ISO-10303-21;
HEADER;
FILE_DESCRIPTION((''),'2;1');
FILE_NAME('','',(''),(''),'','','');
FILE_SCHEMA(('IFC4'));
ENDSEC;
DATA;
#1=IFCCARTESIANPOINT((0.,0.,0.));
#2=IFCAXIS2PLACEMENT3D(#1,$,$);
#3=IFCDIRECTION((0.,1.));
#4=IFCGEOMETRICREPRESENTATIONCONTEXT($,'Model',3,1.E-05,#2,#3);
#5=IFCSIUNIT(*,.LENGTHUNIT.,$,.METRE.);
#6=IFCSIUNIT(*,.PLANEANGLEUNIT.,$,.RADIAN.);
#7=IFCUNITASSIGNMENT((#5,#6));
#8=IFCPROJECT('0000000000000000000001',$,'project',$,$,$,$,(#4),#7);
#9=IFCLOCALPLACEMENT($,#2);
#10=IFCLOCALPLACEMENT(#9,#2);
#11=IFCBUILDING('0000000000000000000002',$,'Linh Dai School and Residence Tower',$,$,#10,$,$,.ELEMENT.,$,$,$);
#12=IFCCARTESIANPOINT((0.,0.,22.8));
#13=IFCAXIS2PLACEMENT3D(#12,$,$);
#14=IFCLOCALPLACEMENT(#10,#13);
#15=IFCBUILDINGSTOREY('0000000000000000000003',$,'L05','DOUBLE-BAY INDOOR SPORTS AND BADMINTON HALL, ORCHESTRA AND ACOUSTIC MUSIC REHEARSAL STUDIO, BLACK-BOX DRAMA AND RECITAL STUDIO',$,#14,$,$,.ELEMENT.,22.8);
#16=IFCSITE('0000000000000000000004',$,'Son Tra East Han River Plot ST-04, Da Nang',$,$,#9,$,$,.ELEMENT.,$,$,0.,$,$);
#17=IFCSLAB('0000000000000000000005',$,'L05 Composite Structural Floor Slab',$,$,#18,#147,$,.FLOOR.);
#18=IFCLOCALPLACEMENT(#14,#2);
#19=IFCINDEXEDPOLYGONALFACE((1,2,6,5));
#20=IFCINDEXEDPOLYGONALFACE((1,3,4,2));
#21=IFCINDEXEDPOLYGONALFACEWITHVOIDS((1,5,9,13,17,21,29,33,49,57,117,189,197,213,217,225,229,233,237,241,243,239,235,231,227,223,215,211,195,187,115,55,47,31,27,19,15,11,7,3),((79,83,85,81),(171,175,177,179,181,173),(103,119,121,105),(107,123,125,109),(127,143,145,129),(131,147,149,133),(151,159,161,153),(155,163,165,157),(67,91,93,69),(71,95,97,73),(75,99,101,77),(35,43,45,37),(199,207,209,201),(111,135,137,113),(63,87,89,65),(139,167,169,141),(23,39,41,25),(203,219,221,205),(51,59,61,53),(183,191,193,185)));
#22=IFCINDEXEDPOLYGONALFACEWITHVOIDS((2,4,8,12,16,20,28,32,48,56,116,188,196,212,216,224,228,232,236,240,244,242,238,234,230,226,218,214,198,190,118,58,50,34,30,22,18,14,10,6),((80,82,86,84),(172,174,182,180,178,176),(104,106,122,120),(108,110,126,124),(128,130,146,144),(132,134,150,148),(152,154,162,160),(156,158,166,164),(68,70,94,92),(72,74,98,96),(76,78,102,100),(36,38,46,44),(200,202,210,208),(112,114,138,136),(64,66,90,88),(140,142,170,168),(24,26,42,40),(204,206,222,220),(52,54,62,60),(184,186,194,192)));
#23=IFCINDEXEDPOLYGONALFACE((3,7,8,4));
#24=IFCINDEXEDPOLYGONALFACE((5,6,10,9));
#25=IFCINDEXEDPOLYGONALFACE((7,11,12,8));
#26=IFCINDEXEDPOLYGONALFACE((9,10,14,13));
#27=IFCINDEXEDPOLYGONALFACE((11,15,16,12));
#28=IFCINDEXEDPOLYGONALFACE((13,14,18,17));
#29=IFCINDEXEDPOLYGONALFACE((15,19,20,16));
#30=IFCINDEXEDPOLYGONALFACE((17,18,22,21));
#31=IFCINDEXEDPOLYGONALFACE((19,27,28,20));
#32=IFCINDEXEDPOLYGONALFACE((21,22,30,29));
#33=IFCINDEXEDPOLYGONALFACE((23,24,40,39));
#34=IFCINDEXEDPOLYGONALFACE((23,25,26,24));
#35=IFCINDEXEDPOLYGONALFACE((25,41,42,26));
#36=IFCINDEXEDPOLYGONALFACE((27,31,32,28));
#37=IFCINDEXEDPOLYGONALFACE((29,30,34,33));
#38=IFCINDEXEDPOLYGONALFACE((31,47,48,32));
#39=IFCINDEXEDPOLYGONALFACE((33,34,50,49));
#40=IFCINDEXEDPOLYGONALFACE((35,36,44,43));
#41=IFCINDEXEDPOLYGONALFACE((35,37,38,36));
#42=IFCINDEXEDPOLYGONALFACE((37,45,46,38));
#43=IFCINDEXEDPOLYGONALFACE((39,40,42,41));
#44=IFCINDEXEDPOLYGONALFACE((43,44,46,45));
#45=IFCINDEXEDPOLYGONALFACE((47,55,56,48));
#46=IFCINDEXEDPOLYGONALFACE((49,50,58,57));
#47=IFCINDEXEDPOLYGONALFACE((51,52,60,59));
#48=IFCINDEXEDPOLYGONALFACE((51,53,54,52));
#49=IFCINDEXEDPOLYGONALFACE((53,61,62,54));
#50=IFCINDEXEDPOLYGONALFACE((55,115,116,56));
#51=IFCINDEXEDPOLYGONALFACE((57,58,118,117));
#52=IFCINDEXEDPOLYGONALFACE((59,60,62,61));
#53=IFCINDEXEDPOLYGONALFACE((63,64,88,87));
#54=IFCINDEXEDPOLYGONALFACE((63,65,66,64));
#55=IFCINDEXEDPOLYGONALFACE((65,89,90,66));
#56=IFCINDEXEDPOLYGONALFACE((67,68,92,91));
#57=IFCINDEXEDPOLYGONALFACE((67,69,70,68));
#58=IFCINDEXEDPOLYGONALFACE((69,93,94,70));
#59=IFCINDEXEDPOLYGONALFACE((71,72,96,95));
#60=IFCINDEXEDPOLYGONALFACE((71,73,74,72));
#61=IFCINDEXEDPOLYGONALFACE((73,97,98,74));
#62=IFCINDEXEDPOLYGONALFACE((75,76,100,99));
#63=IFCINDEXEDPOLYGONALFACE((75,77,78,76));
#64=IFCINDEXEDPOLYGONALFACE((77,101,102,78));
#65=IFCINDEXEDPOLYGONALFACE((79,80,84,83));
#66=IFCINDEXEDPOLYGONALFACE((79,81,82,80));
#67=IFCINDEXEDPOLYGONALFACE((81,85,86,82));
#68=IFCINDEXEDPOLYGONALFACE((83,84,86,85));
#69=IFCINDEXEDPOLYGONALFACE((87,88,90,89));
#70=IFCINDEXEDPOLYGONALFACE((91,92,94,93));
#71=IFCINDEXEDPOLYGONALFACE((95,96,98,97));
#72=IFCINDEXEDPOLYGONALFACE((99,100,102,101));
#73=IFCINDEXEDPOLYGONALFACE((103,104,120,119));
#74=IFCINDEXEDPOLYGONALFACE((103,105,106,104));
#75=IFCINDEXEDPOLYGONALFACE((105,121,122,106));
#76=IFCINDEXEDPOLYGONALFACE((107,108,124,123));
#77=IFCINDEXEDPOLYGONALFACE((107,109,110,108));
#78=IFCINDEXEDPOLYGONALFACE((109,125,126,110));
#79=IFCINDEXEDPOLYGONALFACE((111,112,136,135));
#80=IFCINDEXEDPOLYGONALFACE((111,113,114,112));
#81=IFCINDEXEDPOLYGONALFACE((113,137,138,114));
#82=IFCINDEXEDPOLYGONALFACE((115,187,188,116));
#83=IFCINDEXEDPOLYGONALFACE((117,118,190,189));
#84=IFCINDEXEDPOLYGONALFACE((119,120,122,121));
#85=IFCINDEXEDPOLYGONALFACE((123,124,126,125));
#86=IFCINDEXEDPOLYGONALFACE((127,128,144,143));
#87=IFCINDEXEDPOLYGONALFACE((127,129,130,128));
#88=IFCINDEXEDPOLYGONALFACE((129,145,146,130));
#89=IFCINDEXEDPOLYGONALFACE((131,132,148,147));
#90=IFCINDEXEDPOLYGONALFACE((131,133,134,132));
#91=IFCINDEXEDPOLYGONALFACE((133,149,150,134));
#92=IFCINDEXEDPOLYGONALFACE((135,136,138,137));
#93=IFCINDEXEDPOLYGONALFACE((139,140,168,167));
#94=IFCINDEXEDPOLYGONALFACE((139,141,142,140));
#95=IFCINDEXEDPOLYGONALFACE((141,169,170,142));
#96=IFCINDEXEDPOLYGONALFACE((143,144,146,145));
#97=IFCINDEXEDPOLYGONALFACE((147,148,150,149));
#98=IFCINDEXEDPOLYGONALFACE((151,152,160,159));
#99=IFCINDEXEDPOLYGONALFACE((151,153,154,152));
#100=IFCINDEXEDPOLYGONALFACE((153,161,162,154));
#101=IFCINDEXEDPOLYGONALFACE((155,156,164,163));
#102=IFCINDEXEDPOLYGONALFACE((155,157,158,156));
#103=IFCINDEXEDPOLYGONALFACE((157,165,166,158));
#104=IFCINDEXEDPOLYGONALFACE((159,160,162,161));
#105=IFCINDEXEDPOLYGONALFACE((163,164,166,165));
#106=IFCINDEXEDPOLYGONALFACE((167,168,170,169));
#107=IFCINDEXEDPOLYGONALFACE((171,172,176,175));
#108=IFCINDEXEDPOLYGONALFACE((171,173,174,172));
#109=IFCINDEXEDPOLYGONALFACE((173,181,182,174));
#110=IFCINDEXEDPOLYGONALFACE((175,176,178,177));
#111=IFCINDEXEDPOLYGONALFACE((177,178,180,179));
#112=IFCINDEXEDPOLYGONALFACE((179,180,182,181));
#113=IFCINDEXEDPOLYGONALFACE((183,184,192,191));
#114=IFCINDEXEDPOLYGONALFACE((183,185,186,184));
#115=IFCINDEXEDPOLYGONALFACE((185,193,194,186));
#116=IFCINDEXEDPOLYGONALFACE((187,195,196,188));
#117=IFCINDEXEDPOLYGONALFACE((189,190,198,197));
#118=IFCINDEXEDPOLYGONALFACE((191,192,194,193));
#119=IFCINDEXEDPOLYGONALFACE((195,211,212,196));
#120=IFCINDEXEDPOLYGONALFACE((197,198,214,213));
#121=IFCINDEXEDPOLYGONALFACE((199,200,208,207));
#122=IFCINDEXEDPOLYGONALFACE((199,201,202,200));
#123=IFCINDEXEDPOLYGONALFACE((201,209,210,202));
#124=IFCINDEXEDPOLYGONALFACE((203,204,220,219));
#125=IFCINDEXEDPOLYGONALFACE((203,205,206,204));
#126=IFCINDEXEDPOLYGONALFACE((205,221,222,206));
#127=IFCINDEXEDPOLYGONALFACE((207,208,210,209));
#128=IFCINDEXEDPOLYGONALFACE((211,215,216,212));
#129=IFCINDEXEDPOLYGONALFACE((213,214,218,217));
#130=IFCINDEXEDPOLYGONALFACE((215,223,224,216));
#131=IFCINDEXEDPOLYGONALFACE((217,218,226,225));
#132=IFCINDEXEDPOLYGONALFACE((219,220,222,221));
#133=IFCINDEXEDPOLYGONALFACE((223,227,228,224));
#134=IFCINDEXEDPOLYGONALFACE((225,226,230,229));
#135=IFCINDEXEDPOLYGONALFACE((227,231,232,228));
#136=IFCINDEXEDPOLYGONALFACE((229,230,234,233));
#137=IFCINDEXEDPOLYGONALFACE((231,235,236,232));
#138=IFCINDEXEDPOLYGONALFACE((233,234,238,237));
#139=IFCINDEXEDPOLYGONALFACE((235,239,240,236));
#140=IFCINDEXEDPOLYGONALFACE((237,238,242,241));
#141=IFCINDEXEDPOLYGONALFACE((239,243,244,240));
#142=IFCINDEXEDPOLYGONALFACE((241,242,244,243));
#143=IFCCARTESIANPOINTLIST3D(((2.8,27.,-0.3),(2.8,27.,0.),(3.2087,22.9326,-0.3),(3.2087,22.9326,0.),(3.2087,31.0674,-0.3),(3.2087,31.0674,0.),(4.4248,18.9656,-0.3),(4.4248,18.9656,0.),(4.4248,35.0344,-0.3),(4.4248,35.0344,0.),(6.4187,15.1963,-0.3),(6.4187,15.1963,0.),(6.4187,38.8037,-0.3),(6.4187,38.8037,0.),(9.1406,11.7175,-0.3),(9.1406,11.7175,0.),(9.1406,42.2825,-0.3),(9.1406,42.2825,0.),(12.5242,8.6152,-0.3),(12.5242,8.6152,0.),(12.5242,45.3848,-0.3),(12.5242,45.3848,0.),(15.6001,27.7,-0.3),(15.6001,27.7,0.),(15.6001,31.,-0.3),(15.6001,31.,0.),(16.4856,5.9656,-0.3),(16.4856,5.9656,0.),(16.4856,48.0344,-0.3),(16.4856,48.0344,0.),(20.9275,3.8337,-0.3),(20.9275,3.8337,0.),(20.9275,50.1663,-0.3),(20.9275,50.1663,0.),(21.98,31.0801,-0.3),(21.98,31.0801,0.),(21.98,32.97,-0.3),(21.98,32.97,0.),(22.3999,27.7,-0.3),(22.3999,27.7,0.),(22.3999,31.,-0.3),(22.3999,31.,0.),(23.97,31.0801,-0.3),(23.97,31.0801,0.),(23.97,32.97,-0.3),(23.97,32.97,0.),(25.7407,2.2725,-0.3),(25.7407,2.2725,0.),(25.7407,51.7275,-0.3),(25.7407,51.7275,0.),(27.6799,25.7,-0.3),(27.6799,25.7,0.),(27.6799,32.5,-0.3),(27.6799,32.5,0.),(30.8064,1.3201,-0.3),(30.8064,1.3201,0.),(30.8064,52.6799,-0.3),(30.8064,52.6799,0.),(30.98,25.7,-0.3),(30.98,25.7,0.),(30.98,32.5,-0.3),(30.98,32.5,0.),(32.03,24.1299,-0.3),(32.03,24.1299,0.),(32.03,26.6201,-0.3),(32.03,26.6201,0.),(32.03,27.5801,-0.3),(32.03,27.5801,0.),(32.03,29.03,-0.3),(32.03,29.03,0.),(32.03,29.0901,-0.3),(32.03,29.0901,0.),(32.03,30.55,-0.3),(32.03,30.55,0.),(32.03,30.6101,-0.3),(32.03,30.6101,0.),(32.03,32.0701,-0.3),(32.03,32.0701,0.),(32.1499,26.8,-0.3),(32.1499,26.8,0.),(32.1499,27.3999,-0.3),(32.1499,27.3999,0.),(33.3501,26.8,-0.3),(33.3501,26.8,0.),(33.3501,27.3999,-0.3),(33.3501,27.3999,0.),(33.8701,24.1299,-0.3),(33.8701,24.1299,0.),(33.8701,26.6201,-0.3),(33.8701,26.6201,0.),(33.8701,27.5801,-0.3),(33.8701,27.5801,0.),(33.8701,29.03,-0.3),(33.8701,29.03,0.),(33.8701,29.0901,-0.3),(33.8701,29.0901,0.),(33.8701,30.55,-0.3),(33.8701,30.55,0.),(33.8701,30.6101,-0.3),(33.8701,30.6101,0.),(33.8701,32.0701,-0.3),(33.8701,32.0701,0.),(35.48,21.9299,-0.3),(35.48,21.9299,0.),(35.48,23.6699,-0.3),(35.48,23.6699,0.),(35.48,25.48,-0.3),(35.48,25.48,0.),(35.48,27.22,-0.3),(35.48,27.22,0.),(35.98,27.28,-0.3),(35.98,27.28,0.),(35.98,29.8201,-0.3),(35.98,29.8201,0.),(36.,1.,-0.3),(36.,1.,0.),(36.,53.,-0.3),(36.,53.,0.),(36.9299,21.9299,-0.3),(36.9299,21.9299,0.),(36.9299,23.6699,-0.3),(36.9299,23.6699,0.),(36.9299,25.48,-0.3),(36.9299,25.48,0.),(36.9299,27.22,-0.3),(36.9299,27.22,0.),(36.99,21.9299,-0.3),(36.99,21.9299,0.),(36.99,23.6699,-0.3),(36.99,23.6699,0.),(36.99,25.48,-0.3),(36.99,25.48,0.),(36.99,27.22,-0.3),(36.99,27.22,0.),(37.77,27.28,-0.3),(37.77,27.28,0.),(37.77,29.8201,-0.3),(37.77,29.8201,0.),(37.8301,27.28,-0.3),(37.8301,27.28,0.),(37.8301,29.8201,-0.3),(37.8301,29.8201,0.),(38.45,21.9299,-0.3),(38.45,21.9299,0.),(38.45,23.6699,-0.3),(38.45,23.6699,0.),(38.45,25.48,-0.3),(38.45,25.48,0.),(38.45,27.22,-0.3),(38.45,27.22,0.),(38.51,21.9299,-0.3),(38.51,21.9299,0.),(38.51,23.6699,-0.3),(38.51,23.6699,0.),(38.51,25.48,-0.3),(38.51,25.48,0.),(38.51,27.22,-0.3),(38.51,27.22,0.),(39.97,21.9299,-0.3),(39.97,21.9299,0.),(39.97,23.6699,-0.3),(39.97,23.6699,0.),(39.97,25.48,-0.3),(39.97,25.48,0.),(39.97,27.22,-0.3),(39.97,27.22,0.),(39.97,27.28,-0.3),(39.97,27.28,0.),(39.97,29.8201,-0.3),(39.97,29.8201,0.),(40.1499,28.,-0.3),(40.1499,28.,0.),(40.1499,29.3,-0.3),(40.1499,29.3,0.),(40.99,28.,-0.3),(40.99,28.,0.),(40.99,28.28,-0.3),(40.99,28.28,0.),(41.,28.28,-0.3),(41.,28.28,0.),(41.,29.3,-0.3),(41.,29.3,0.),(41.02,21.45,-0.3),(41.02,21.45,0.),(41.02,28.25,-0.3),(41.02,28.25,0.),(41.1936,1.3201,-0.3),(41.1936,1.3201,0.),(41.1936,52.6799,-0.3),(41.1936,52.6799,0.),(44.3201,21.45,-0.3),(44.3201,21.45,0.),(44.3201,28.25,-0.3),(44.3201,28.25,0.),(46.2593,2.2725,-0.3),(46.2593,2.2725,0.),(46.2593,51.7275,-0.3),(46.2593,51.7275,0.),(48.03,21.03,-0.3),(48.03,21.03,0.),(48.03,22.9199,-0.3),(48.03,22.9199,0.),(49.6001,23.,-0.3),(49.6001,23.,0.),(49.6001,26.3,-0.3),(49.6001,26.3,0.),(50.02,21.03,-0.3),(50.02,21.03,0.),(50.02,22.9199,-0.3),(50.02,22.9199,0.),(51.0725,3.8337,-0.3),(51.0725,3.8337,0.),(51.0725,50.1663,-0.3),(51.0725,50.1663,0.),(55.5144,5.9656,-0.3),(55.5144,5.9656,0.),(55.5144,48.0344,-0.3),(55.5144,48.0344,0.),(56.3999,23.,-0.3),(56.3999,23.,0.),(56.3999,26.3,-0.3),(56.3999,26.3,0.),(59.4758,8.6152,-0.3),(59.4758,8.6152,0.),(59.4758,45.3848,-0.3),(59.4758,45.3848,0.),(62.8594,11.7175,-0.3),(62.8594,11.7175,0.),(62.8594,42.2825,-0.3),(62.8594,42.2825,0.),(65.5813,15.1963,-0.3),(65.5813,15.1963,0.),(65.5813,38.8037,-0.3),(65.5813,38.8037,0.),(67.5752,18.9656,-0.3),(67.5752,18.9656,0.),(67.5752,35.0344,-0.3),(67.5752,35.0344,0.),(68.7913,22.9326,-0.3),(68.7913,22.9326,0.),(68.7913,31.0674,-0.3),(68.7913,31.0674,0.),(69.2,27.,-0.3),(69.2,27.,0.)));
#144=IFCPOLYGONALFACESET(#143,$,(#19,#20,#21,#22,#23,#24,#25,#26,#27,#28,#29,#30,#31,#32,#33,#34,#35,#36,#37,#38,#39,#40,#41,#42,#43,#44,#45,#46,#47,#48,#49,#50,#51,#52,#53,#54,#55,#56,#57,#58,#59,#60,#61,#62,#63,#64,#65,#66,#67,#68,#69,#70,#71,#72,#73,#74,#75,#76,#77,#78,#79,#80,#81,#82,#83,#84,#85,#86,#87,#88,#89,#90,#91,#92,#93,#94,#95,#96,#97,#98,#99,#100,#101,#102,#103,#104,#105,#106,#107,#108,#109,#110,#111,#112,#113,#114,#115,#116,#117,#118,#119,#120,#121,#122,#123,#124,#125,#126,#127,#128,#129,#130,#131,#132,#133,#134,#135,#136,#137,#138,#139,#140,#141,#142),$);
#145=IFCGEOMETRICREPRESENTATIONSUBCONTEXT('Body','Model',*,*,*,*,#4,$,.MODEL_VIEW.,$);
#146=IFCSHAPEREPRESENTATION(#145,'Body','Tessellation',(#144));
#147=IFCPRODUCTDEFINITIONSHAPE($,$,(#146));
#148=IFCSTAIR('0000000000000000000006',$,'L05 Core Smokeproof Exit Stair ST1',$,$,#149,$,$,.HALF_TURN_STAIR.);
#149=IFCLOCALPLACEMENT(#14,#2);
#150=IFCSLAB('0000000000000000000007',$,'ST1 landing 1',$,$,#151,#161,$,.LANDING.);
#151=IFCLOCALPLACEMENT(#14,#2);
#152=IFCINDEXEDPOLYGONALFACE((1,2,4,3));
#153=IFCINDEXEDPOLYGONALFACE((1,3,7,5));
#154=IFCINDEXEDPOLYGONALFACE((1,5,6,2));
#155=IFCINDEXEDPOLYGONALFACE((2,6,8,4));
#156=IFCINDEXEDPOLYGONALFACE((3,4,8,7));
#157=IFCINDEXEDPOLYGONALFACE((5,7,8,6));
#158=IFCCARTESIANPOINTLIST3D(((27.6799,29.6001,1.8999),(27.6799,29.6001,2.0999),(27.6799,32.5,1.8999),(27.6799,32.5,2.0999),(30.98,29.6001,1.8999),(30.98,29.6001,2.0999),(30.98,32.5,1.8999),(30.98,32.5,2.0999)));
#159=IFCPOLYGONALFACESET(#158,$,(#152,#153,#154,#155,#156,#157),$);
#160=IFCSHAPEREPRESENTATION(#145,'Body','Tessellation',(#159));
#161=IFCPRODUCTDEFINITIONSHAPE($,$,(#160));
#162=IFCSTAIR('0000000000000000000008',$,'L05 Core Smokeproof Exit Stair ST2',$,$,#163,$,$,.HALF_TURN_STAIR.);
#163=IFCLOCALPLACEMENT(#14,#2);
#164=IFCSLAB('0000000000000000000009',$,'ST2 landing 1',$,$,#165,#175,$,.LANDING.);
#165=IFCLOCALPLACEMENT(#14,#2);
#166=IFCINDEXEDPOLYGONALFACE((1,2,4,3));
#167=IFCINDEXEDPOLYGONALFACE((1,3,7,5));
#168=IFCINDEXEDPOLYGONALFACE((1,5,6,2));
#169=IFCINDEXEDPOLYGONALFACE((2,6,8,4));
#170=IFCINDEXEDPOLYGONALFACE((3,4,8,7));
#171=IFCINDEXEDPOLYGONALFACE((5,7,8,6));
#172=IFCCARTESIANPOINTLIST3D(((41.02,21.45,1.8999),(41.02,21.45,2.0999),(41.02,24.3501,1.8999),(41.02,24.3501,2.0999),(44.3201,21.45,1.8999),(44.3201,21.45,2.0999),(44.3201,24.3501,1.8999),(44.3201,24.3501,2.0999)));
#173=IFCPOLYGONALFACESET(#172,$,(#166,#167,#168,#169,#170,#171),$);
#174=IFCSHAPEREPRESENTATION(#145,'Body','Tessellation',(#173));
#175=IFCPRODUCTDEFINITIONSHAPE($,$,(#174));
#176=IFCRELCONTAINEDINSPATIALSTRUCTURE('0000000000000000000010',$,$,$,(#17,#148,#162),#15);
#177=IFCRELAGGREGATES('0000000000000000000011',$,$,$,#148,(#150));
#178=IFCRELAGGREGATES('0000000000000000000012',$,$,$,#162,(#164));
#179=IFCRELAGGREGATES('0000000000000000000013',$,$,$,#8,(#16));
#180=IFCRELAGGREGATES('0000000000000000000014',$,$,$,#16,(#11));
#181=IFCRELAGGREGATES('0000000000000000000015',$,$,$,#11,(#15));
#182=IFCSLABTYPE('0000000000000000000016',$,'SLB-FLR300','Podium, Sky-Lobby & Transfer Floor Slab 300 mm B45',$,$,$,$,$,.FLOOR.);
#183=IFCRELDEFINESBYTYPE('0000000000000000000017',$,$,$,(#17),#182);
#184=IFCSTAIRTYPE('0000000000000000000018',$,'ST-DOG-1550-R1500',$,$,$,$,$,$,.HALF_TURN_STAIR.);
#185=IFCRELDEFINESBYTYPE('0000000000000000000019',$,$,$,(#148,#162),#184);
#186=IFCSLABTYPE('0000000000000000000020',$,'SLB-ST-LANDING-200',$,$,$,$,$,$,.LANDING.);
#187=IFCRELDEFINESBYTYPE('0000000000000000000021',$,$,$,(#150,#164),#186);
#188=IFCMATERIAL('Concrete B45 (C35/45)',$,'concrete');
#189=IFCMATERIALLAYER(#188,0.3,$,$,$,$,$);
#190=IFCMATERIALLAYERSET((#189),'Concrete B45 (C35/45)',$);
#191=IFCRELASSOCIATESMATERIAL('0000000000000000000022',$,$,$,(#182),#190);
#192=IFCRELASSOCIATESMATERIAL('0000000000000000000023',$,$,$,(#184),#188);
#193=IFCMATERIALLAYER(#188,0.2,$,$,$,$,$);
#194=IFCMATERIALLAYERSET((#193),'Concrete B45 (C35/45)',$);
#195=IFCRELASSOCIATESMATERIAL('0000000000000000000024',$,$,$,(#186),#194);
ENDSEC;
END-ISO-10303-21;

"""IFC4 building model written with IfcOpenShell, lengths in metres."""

from ifc_helpers import new_model, si_unit, direction, frame, origin, place, context, subcontext, project, spatial, polyline, outline, extrude, material, layer, layer_set, type_object, element, aggregate, save


model = new_model("IFC4")

# Units and contexts
model_context = context("Model", 3, precision=1e-05, world=origin(), true_north=direction((0.0, 1.0)))
body_context = subcontext(model_context, "Body", "Model", "MODEL_VIEW")
ifc_project = project(units=[si_unit("LENGTHUNIT", "METRE"), si_unit("PLANEANGLEUNIT", "RADIAN")], contexts=[model_context])

# Site, building, storey
site_placement = place(None, origin())
site = spatial("IfcSite", under=ifc_project, at=site_placement, Name="Son Tra East Han River Plot ST-04, Da Nang", CompositionType="ELEMENT", RefElevation=0.0)
building_placement = place(site_placement, origin())
building = spatial("IfcBuilding", under=site, at=building_placement, Name="Linh Dai School and Residence Tower", CompositionType="ELEMENT")
storey_placement = place(building_placement, frame((0.0, 0.0, 22.8)))
storey = spatial("IfcBuildingStorey", under=building, at=storey_placement, Name="L05", Description="DOUBLE-BAY INDOOR SPORTS AND BADMINTON HALL, ORCHESTRA AND ACOUSTIC MUSIC REHEARSAL STUDIO, BLACK-BOX DRAMA AND RECITAL STUDIO", CompositionType="ELEMENT", Elevation=22.8)

# Slab
ifc_material_1 = material(Name="Concrete B45 (C35/45)", Category="concrete")
ifc_layer_1 = layer(ifc_material_1, 0.3)
ifc_layer_set_1 = layer_set([ifc_layer_1], Name="Concrete B45 (C35/45)")
slab_type_1 = type_object("IfcSlabType", Name="SLB-FLR300", Description="Podium, Sky-Lobby & Transfer Floor Slab 300 mm B45", PredefinedType="FLOOR", material=ifc_layer_set_1)
slab_1_placement = place(storey_placement, frame((0.0, 0.0, -0.3)))
element("IfcSlab", 1, at=slab_1_placement, inside=storey, type_object=slab_type_1, Name="L05 Composite Structural Floor Slab", PredefinedType="FLOOR", context=body_context, shape_type="SweptSolid", body=[
    extrude(outline(polyline([(69.2, 27.0), (68.7913, 31.0674), (67.5752, 35.0344), (65.5813, 38.8037), (62.8594, 42.2825), (59.4758, 45.3848), (55.5144, 48.0344), (51.0725, 50.1663), (46.2593, 51.7275), (41.1936, 52.6799), (36.0, 53.0), (30.8064, 52.6799), (25.7407, 51.7275), (20.9275, 50.1663), (16.4856, 48.0344), (12.5242, 45.3848), (9.1406, 42.2825), (6.4187, 38.8037), (4.4248, 35.0344), (3.2087, 31.0674), (2.8, 27.0), (3.2087, 22.9326), (4.4248, 18.9656), (6.4187, 15.1963), (9.1406, 11.7175), (12.5242, 8.6152), (16.4856, 5.9656), (20.9275, 3.8337), (25.7407, 2.2725), (30.8064, 1.3201), (36.0, 1.0), (41.1936, 1.3201), (46.2593, 2.2725), (51.0725, 3.8337), (55.5144, 5.9656), (59.4758, 8.6152), (62.8594, 11.7175), (65.5813, 15.1963), (67.5752, 18.9656), (68.7913, 22.9326), (69.2, 27.0)]), holes=[polyline([(30.98, 25.7), (30.98, 32.5), (27.6799, 32.5), (27.6799, 25.7), (30.98, 25.7)]), polyline([(41.02, 28.25), (41.02, 21.45), (44.3201, 21.45), (44.3201, 28.25), (41.02, 28.25)]), polyline([(22.3999, 31.0), (15.6001, 31.0), (15.6001, 27.7), (22.3999, 27.7), (22.3999, 31.0)]), polyline([(49.6001, 23.0), (56.3999, 23.0), (56.3999, 26.3), (49.6001, 26.3), (49.6001, 23.0)]), polyline([(35.98, 27.28), (37.77, 27.28), (37.77, 29.8201), (35.98, 29.8201), (35.98, 27.28)]), polyline([(32.03, 24.1299), (33.8701, 24.1299), (33.8701, 26.6201), (32.03, 26.6201), (32.03, 24.1299)]), polyline([(37.8301, 27.28), (39.97, 27.28), (39.97, 29.8201), (37.8301, 29.8201), (37.8301, 27.28)]), polyline([(35.48, 21.9299), (36.9299, 21.9299), (36.9299, 23.6699), (35.48, 23.6699), (35.48, 21.9299)]), polyline([(36.99, 21.9299), (38.45, 21.9299), (38.45, 23.6699), (36.99, 23.6699), (36.99, 21.9299)]), polyline([(38.51, 21.9299), (39.97, 21.9299), (39.97, 23.6699), (38.51, 23.6699), (38.51, 21.9299)]), polyline([(32.03, 27.5801), (33.8701, 27.5801), (33.8701, 29.03), (32.03, 29.03), (32.03, 27.5801)]), polyline([(32.03, 29.0901), (33.8701, 29.0901), (33.8701, 30.55), (32.03, 30.55), (32.03, 29.0901)]), polyline([(32.03, 30.6101), (33.8701, 30.6101), (33.8701, 32.0701), (32.03, 32.0701), (32.03, 30.6101)]), polyline([(35.48, 25.48), (36.9299, 25.48), (36.9299, 27.22), (35.48, 27.22), (35.48, 25.48)]), polyline([(36.99, 25.48), (38.45, 25.48), (38.45, 27.22), (36.99, 27.22), (36.99, 25.48)]), polyline([(38.51, 25.48), (39.97, 25.48), (39.97, 27.22), (38.51, 27.22), (38.51, 25.48)]), polyline([(21.98, 31.0801), (23.97, 31.0801), (23.97, 32.97), (21.98, 32.97), (21.98, 31.0801)]), polyline([(48.03, 21.03), (50.02, 21.03), (50.02, 22.9199), (48.03, 22.9199), (48.03, 21.03)]), polyline([(40.1499, 28.0), (40.1499, 29.3), (41.0, 29.3), (41.0, 28.28), (40.99, 28.28), (40.99, 28.0), (40.1499, 28.0)]), polyline([(32.1499, 26.8), (33.3501, 26.8), (33.3501, 27.3999), (32.1499, 27.3999), (32.1499, 26.8)])]), origin(), (0.0, 0.0, 1.0), 0.3),
])

# Stairs, slabs
stair_type = type_object("IfcStairType", Name="ST-DOG-1550-R1500", PredefinedType="HALF_TURN_STAIR", material=ifc_material_1)
stair_1_placement = place(storey_placement, origin())
stair_1 = element("IfcStair", 2, at=stair_1_placement, inside=storey, type_object=stair_type, Name="L05 Core Smokeproof Exit Stair ST1", PredefinedType="HALF_TURN_STAIR")
ifc_layer_2 = layer(ifc_material_1, 0.2)
ifc_layer_set_2 = layer_set([ifc_layer_2], Name="Concrete B45 (C35/45)")
slab_type_2 = type_object("IfcSlabType", Name="SLB-ST-LANDING-200", PredefinedType="LANDING", material=ifc_layer_set_2)
slab_2_placement = place(storey_placement, frame((0.0, 0.0, 1.8999)))
slab_2 = element("IfcSlab", 3, at=slab_2_placement, type_object=slab_type_2, Name="ST1 landing 1", PredefinedType="LANDING", context=body_context, shape_type="SweptSolid", body=[
    extrude(outline(polyline([(30.98, 29.6001), (30.98, 32.5), (27.6799, 32.5), (27.6799, 29.6001), (30.98, 29.6001)])), origin(), (0.0, 0.0, 1.0), 0.2),
])
aggregate(stair_1, [slab_2])
stair_2_placement = place(storey_placement, origin())
stair_2 = element("IfcStair", 4, at=stair_2_placement, inside=storey, type_object=stair_type, Name="L05 Core Smokeproof Exit Stair ST2", PredefinedType="HALF_TURN_STAIR")
slab_3_placement = place(storey_placement, frame((0.0, 0.0, 1.8999)))
slab_3 = element("IfcSlab", 5, at=slab_3_placement, type_object=slab_type_2, Name="ST2 landing 1", PredefinedType="LANDING", context=body_context, shape_type="SweptSolid", body=[
    extrude(outline(polyline([(41.02, 24.3501), (41.02, 21.45), (44.3201, 21.45), (44.3201, 24.3501), (41.02, 24.3501)])), origin(), (0.0, 0.0, 1.0), 0.2),
])
aggregate(stair_2, [slab_3])

save(model, "model.ifc")
